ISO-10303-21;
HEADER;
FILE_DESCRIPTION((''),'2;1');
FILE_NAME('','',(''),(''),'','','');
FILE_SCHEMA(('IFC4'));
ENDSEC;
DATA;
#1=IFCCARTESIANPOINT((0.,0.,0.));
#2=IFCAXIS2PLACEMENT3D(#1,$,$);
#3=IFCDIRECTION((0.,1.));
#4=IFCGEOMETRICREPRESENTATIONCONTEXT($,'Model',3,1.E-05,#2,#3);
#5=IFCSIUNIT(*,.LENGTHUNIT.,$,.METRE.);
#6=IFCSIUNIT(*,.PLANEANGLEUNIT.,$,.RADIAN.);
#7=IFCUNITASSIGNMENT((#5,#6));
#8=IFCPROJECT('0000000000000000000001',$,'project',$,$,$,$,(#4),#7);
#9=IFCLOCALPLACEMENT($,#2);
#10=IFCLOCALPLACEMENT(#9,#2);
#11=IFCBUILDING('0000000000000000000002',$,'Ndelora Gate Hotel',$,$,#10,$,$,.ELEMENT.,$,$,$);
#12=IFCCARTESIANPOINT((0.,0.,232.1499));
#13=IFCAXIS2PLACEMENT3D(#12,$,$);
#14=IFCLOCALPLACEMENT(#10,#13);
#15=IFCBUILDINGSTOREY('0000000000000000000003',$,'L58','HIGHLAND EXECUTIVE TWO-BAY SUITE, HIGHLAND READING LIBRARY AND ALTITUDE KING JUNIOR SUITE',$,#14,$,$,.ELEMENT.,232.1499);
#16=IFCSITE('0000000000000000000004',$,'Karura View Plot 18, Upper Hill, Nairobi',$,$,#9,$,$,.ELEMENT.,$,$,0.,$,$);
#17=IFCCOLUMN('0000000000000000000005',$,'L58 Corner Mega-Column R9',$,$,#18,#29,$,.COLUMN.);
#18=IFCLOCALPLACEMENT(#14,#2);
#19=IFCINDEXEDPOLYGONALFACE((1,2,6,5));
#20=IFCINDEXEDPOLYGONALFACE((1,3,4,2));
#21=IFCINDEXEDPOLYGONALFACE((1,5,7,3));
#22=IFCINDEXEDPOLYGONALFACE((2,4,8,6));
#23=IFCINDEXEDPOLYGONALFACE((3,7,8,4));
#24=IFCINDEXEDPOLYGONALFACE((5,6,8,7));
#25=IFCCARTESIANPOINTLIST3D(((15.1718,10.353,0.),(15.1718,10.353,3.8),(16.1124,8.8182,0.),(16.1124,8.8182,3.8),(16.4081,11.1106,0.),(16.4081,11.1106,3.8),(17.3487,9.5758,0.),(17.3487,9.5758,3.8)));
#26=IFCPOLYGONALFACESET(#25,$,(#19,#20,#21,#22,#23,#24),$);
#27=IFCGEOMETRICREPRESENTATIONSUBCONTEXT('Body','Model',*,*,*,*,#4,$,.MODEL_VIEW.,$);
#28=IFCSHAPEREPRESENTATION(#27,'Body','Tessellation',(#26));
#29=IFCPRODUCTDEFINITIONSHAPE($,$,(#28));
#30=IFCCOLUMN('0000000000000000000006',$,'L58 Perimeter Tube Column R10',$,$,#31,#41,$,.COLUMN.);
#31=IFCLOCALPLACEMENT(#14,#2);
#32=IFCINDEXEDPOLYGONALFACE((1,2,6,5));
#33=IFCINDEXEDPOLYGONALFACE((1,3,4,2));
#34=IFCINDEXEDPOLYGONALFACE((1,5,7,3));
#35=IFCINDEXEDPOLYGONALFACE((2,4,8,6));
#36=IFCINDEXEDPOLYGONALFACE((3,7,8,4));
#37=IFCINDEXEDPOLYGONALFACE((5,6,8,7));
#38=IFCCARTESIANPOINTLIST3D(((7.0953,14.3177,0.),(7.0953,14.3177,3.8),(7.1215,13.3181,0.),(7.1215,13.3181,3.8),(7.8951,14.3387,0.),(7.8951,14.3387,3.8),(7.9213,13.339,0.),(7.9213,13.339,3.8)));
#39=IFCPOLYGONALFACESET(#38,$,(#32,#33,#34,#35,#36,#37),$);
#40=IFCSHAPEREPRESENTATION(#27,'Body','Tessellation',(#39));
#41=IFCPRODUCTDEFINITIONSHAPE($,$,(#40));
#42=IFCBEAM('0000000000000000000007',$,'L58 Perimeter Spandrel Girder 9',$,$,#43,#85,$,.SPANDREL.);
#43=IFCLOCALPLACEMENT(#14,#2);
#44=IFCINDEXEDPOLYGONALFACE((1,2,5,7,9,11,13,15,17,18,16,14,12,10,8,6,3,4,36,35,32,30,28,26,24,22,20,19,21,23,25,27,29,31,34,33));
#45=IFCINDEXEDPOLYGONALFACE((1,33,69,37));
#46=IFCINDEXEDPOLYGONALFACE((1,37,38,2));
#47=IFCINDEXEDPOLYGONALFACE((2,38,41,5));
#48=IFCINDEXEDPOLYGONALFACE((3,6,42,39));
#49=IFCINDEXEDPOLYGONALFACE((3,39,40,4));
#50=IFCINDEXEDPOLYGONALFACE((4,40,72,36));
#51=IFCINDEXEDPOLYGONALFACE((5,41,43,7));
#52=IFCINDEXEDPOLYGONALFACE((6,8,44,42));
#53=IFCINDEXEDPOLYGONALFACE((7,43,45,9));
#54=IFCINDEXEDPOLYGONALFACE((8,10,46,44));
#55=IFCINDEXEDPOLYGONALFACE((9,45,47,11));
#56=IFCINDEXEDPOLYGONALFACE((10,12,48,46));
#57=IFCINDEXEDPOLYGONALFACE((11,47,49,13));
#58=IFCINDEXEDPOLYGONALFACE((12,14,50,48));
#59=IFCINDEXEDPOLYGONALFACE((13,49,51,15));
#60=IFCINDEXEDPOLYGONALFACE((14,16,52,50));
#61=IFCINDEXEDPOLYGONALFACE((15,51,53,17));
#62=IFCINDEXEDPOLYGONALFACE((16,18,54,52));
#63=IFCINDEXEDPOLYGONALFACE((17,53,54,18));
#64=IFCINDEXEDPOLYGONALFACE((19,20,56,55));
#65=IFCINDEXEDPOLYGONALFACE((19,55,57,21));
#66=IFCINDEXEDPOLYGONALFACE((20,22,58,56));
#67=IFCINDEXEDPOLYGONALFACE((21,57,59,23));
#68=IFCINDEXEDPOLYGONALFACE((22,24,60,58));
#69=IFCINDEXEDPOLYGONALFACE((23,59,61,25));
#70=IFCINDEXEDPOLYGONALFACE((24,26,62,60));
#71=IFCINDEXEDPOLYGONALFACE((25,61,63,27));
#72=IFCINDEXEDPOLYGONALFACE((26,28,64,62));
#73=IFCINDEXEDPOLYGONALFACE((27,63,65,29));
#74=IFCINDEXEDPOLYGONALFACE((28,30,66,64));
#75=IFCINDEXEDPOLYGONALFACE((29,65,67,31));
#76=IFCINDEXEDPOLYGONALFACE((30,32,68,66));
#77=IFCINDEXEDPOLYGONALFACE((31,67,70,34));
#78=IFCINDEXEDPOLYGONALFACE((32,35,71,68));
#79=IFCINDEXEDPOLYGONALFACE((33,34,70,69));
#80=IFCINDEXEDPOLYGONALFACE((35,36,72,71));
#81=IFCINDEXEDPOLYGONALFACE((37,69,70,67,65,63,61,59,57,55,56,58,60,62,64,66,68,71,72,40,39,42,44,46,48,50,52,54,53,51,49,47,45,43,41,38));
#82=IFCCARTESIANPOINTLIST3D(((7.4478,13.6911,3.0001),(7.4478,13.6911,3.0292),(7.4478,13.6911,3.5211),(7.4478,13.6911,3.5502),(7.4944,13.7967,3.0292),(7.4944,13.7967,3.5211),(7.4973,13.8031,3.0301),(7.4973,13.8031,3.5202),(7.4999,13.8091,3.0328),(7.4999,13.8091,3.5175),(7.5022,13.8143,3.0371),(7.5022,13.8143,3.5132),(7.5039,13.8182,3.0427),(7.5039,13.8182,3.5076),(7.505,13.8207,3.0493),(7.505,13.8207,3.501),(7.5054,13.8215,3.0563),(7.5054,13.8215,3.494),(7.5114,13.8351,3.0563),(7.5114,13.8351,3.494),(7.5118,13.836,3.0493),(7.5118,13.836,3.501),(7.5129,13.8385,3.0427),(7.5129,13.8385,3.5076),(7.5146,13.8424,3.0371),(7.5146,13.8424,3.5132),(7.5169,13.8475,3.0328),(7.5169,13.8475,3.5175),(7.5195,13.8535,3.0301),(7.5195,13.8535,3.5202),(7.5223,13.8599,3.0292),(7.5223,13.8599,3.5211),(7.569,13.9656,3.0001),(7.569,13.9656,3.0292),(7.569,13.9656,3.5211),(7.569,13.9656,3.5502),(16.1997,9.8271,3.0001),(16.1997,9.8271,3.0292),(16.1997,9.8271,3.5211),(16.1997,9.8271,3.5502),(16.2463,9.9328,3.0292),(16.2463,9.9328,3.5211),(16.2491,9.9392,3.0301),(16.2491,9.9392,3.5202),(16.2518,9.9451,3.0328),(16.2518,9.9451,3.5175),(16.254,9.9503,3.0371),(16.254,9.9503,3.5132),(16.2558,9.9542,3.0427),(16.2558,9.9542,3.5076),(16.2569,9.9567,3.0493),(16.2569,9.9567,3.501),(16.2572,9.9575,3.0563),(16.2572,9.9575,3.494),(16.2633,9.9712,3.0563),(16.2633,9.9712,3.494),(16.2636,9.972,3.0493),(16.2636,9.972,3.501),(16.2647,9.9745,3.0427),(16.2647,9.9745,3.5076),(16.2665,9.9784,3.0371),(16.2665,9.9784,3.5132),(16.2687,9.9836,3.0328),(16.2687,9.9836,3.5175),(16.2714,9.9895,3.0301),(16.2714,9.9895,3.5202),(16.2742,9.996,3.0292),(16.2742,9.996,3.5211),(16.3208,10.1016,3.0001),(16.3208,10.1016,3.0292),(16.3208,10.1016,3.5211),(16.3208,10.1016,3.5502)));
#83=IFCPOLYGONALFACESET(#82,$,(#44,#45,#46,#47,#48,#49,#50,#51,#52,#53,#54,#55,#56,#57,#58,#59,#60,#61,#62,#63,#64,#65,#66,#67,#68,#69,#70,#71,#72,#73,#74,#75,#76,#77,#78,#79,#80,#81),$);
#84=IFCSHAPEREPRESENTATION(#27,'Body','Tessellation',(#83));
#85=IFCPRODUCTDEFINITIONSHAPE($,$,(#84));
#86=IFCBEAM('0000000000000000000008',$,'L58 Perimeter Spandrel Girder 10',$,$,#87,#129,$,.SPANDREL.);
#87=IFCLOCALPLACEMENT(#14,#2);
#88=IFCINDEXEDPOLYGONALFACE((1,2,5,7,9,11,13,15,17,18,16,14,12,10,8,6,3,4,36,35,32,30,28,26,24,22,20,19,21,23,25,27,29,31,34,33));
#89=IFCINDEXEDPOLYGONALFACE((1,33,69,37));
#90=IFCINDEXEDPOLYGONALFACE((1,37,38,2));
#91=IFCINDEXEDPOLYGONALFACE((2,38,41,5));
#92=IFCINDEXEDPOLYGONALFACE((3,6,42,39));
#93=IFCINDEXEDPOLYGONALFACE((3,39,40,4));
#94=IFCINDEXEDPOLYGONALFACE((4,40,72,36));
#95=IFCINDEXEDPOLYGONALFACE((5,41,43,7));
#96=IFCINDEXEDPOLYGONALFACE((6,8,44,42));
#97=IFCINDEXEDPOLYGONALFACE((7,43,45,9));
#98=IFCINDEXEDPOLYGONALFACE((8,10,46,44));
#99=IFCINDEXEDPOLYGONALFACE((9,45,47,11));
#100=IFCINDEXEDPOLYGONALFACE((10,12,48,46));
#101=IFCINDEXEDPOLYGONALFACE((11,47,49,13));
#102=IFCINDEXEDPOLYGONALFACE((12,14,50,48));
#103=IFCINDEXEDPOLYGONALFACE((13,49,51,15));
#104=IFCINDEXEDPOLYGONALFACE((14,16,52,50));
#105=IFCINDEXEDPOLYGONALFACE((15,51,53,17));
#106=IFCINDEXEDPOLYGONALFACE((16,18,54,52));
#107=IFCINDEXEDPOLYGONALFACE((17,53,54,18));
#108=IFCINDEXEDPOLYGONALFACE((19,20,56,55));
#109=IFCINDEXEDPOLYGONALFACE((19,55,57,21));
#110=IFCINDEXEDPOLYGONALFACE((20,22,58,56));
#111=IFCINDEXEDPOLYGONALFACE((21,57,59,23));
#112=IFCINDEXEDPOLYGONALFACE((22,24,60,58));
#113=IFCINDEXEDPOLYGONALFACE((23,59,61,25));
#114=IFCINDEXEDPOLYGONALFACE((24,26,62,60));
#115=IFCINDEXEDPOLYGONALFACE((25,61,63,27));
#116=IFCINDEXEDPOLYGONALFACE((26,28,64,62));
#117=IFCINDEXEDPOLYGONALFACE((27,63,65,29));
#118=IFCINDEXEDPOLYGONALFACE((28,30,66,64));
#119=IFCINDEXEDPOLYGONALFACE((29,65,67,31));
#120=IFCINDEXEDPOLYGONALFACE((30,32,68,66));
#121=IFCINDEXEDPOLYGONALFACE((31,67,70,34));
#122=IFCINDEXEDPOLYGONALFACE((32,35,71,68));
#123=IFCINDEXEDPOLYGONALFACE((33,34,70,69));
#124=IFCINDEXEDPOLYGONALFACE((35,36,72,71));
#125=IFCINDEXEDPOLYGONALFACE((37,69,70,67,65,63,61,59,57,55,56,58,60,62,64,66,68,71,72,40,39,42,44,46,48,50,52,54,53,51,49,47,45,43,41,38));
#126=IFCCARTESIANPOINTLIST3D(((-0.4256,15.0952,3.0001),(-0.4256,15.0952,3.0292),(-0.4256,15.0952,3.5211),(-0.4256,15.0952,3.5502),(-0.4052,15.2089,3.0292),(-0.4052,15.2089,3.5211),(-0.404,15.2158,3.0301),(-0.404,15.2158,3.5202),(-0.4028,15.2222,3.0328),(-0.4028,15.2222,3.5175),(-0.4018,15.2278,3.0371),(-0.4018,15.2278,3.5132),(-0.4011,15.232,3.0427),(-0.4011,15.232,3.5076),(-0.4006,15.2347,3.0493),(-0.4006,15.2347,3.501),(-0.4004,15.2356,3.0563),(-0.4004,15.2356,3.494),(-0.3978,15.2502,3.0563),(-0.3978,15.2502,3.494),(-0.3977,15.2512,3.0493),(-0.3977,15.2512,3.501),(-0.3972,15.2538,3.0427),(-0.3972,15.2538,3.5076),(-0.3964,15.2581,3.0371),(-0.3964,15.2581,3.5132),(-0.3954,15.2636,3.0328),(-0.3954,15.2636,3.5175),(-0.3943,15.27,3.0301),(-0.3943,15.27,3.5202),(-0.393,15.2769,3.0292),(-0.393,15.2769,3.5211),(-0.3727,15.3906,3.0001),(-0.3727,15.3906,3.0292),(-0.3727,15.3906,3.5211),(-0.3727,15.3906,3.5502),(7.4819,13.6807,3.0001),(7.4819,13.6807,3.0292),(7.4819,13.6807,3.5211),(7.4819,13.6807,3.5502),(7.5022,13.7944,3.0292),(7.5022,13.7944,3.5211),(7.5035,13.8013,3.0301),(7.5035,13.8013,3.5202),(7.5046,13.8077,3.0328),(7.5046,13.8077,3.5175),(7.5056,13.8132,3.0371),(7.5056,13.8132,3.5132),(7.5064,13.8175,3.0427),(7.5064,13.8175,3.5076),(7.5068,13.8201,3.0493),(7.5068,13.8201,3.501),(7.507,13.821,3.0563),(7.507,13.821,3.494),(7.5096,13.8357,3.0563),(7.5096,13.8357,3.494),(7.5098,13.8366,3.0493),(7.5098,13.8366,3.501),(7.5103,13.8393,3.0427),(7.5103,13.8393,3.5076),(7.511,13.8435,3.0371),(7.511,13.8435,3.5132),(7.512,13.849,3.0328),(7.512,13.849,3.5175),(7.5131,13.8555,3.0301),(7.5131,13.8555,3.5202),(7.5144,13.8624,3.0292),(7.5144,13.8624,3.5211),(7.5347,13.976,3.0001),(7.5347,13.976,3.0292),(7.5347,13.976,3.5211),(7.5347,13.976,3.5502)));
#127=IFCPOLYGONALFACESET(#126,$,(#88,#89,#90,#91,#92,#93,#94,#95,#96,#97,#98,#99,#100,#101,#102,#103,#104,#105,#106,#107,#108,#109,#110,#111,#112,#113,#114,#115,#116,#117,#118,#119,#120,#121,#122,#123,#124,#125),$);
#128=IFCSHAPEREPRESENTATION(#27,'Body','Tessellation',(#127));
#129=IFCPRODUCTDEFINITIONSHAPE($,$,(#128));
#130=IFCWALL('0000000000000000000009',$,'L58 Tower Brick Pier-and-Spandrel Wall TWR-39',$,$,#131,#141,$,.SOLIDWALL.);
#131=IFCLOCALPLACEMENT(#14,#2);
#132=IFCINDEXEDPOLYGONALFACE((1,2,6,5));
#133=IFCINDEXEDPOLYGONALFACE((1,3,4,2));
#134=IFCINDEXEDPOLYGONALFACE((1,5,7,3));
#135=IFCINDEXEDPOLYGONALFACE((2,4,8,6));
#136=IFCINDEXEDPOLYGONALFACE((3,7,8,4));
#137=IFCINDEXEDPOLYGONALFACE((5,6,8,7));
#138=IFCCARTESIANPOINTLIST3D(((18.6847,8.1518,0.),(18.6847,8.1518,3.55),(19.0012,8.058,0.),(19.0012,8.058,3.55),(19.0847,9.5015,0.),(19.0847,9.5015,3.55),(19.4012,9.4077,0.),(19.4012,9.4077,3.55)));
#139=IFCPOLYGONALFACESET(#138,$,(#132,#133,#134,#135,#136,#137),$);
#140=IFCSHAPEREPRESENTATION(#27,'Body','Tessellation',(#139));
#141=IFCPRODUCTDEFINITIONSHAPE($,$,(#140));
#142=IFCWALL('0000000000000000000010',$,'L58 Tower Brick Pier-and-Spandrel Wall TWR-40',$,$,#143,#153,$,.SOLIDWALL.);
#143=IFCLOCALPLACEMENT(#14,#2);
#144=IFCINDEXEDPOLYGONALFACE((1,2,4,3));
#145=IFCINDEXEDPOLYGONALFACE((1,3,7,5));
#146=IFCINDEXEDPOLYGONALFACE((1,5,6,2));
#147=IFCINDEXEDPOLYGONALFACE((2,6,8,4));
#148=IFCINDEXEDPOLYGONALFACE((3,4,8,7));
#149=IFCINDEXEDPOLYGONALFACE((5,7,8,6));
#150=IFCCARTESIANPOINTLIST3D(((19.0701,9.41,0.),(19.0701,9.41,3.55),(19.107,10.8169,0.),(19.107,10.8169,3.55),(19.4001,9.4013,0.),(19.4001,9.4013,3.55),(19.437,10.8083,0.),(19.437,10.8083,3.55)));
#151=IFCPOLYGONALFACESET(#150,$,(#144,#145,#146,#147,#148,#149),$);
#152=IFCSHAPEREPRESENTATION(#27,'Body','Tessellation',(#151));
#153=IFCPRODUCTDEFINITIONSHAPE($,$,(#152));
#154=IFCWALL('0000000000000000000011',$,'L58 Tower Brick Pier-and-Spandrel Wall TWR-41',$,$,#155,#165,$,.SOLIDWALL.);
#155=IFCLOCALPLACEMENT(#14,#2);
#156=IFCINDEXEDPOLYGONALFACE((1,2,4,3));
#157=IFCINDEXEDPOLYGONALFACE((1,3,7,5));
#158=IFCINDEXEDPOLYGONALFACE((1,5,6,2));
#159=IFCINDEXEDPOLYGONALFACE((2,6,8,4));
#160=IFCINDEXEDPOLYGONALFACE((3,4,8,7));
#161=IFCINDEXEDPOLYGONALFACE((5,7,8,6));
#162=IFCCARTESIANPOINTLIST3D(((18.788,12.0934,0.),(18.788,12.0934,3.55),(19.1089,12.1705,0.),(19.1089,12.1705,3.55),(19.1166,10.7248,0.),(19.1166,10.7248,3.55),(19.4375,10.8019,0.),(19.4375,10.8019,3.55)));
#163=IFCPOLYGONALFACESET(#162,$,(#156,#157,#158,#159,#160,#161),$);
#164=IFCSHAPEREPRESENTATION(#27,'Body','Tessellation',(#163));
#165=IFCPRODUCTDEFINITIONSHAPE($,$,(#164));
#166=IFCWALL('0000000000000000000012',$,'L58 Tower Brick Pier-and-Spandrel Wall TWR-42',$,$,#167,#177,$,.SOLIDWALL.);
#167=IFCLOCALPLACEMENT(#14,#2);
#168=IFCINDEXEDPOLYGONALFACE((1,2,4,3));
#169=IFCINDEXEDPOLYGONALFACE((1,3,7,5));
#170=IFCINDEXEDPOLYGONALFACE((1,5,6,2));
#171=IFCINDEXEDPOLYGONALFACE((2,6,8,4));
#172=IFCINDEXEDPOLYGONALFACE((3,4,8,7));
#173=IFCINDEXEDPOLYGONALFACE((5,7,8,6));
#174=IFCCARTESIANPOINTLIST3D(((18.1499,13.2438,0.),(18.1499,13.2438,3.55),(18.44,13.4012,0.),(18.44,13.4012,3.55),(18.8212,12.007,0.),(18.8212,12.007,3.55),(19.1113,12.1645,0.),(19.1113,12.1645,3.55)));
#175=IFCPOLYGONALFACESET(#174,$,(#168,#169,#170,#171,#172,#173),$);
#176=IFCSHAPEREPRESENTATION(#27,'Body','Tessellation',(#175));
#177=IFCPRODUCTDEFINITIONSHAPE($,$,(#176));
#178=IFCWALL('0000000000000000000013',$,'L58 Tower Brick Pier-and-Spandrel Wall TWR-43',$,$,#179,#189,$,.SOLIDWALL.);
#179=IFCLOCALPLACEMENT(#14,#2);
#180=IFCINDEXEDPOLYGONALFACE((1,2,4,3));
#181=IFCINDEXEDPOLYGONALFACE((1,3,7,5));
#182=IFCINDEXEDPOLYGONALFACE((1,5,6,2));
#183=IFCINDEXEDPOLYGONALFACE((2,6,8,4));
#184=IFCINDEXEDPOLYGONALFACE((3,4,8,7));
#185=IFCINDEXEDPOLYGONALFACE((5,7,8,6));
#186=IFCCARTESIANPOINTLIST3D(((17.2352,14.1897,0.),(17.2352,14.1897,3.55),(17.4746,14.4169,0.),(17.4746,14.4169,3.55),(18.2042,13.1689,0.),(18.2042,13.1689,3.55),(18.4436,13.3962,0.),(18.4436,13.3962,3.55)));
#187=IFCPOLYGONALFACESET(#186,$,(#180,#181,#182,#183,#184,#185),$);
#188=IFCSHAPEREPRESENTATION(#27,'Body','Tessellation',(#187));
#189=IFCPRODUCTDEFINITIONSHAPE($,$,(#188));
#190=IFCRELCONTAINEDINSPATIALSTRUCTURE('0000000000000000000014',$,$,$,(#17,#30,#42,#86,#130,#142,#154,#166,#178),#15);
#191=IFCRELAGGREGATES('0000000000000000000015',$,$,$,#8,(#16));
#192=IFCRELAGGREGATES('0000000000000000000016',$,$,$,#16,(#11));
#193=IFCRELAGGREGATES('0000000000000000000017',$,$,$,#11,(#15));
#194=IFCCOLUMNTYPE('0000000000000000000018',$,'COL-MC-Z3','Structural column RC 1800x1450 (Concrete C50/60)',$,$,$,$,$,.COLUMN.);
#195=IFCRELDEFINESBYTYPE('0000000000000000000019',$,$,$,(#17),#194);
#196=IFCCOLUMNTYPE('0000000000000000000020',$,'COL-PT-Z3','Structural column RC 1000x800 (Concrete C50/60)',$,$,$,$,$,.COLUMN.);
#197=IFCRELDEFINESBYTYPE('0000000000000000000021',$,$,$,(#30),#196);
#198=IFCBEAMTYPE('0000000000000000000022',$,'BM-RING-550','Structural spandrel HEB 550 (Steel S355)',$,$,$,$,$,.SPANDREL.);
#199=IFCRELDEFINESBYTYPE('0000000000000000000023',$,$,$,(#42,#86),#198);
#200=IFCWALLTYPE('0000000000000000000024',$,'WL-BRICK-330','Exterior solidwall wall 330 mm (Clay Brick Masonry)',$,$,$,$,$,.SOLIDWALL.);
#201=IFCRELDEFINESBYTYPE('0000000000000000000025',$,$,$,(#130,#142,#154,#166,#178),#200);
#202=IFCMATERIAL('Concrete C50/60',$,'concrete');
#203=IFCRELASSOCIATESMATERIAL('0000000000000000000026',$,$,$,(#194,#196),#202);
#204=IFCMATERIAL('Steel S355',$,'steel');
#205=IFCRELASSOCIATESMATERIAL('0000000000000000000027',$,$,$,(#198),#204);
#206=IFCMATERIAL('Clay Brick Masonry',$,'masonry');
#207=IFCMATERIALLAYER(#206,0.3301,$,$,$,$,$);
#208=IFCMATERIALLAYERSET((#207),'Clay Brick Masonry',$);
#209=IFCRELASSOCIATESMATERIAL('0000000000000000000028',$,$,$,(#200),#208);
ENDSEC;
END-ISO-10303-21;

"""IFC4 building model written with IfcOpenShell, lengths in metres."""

from ifc_helpers import new_model, si_unit, direction, frame, frame_2d, origin, origin_2d, place, context, subcontext, project, spatial, rectangle, i_section, extrude, material, layer, layer_set, material_profile, profile_set, type_object, element, save


model = new_model("IFC4")

# Units and contexts
model_context = context("Model", 3, precision=1e-05, world=origin(), true_north=direction((0.0, 1.0)))
body_context = subcontext(model_context, "Body", "Model", "MODEL_VIEW")
ifc_project = project(units=[si_unit("LENGTHUNIT", "METRE"), si_unit("PLANEANGLEUNIT", "RADIAN")], contexts=[model_context])

# Site, building, storey
site_placement = place(None, origin())
site = spatial("IfcSite", under=ifc_project, at=site_placement, Name="Karura View Plot 18, Upper Hill, Nairobi", CompositionType="ELEMENT", RefElevation=0.0)
building_placement = place(site_placement, origin())
building = spatial("IfcBuilding", under=site, at=building_placement, Name="Ndelora Gate Hotel", CompositionType="ELEMENT")
storey_placement = place(building_placement, frame((0.0, 0.0, 232.1499)))
storey = spatial("IfcBuildingStorey", under=building, at=storey_placement, Name="L58", Description="HIGHLAND EXECUTIVE TWO-BAY SUITE, HIGHLAND READING LIBRARY AND ALTITUDE KING JUNIOR SUITE", CompositionType="ELEMENT", Elevation=232.1499)

# Columns
ifc_material_1 = material(Name="Concrete C50/60", Category="concrete")
ifc_material_profile_1 = material_profile(ifc_material_1, rectangle(XDim=1.45, YDim=1.8, at=origin_2d()), Name="RC 1800x1450")
ifc_profile_set_1 = profile_set([ifc_material_profile_1], Name="Concrete C50/60")
column_type_1 = type_object("IfcColumnType", Name="COL-MC-Z3", Description="Structural column RC 1800x1450 (Concrete C50/60)", PredefinedType="COLUMN", material=ifc_profile_set_1)
column_1_placement = place(storey_placement, frame((16.2603, 9.9644, 0.0), z_axis=(0.0, 0.0, 1.0), x_axis=(0.85264, 0.522499, 0.0)))
element("IfcColumn", 1, at=column_1_placement, inside=storey, type_object=column_type_1, Name="L58 Corner Mega-Column R9", PredefinedType="COLUMN", context=body_context, shape_type="SweptSolid", body=[
    extrude(rectangle(XDim=1.45, YDim=1.8, at=origin_2d()), origin(), (0.0, 0.0, 1.0), 3.8),
])
ifc_material_profile_2 = material_profile(ifc_material_1, rectangle(XDim=0.8, YDim=1.0, at=origin_2d()), Name="RC 1000x800")
ifc_profile_set_2 = profile_set([ifc_material_profile_2], Name="Concrete C50/60")
column_type_2 = type_object("IfcColumnType", Name="COL-PT-Z3", Description="Structural column RC 1000x800 (Concrete C50/60)", PredefinedType="COLUMN", material=ifc_profile_set_2)
column_2_placement = place(storey_placement, frame((7.5083, 13.8284, 0.0), z_axis=(0.0, 0.0, 1.0), x_axis=(0.999657, 0.026177, 0.0)))
element("IfcColumn", 2, at=column_2_placement, inside=storey, type_object=column_type_2, Name="L58 Perimeter Tube Column R10", PredefinedType="COLUMN", context=body_context, shape_type="SweptSolid", body=[
    extrude(rectangle(XDim=0.8, YDim=1.0, at=origin_2d()), origin(), (0.0, 0.0, 1.0), 3.8),
])

# Beams
ifc_material_2 = material(Name="Steel S355", Category="steel")
ifc_material_profile_3 = material_profile(ifc_material_2, i_section(OverallWidth=0.3, OverallDepth=0.55, WebThickness=0.0149, FlangeThickness=0.0291, FilletRadius=0.0271, at=origin_2d()), Name="HEB 550")
ifc_profile_set_3 = profile_set([ifc_material_profile_3], Name="Steel S355")
beam_type = type_object("IfcBeamType", Name="BM-RING-550", Description="Structural spandrel HEB 550 (Steel S355)", PredefinedType="SPANDREL", material=ifc_profile_set_3)
beam_1_placement = place(storey_placement, frame((16.2603, 9.9644, 3.2751), z_axis=(-0.914807, 0.40389, 0.0), x_axis=(-0.40389, -0.914807, 0.0)))
element("IfcBeam", 3, at=beam_1_placement, inside=storey, type_object=beam_type, Name="L58 Perimeter Spandrel Girder 9", PredefinedType="SPANDREL", context=body_context, shape_type="SweptSolid", body=[
    extrude(i_section(OverallWidth=0.3, OverallDepth=0.55, WebThickness=0.0149, FlangeThickness=0.0291, FilletRadius=0.0271, at=origin_2d()), origin(), (0.0, 0.0, 1.0), 9.5669),
])
beam_2_placement = place(storey_placement, frame((7.5083, 13.8284, 3.2751), z_axis=(-0.984374, 0.176093, 0.0), x_axis=(-0.176093, -0.984374, 0.0)))
element("IfcBeam", 4, at=beam_2_placement, inside=storey, type_object=beam_type, Name="L58 Perimeter Spandrel Girder 10", PredefinedType="SPANDREL", context=body_context, shape_type="SweptSolid", body=[
    extrude(i_section(OverallWidth=0.3, OverallDepth=0.55, WebThickness=0.0149, FlangeThickness=0.0291, FilletRadius=0.0271, at=origin_2d()), origin(), (0.0, 0.0, 1.0), 8.033),
])

# Walls
ifc_material_3 = material(Name="Clay Brick Masonry", Category="masonry")
ifc_layer_1 = layer(ifc_material_3, 0.3301)
ifc_layer_set_1 = layer_set([ifc_layer_1], Name="Clay Brick Masonry")
wall_type_1 = type_object("IfcWallType", Name="WL-BRICK-330", Description="Exterior solidwall wall 330 mm (Clay Brick Masonry)", PredefinedType="SOLIDWALL", material=ifc_layer_set_1)
wall_1_placement = place(storey_placement, frame((19.2429, 9.4546, 0.0), z_axis=(0.0, 0.0, 1.0), x_axis=(-0.2841, -0.958795, 0.0)))
element("IfcWall", 5, at=wall_1_placement, inside=storey, type_object=wall_type_1, Name="L58 Tower Brick Pier-and-Spandrel Wall TWR-39", PredefinedType="SOLIDWALL", context=body_context, shape_type="SweptSolid", body=[
    extrude(rectangle(XDim=1.4077, YDim=0.3301, at=frame_2d((0.7039, 0.0))), origin(), (0.0, 0.0, 1.0), 3.55),
])
for number, where, z_axis, x_axis, name in (
    (6, (19.272, 10.8125, 0.0), (0.0, 0.0, 1.0), (-0.026193, -0.999657, 0.0), "L58 Tower Brick Pier-and-Spandrel Wall TWR-40"),
    (7, (18.9485, 12.1318, 0.0), (0.0, 0.0, 1.0), (0.233465, -0.972365, 0.0), "L58 Tower Brick Pier-and-Spandrel Wall TWR-41"),
):
    element("IfcWall", number, at=place(storey_placement, frame(where, z_axis=z_axis, x_axis=x_axis)), inside=storey, type_object=wall_type_1, Name=name, PredefinedType="SOLIDWALL", context=body_context, shape_type="SweptSolid", body=[
        extrude(rectangle(XDim=1.4075, YDim=0.3301, at=frame_2d((0.7036, 0.0))), origin(), (0.0, 0.0, 1.0), 3.55),
    ])
wall_2_placement = place(storey_placement, frame((18.2949, 13.3225, 0.0), z_axis=(0.0, 0.0, 1.0), x_axis=(0.477077, -0.878862, 0.0)))
element("IfcWall", 8, at=wall_2_placement, inside=storey, type_object=wall_type_1, Name="L58 Tower Brick Pier-and-Spandrel Wall TWR-42", PredefinedType="SOLIDWALL", context=body_context, shape_type="SweptSolid", body=[
    extrude(rectangle(XDim=1.4072, YDim=0.3301, at=frame_2d((0.7036, 0.0))), origin(), (0.0, 0.0, 1.0), 3.55),
])
wall_3_placement = place(storey_placement, frame((17.355, 14.3032, 0.0), z_axis=(0.0, 0.0, 1.0), x_axis=(0.68848, -0.725255, 0.0)))
element("IfcWall", 9, at=wall_3_placement, inside=storey, type_object=wall_type_1, Name="L58 Tower Brick Pier-and-Spandrel Wall TWR-43", PredefinedType="SOLIDWALL", context=body_context, shape_type="SweptSolid", body=[
    extrude(rectangle(XDim=1.4075, YDim=0.3301, at=frame_2d((0.7036, 0.0))), origin(), (0.0, 0.0, 1.0), 3.55),
])

save(model, "model.ifc")
